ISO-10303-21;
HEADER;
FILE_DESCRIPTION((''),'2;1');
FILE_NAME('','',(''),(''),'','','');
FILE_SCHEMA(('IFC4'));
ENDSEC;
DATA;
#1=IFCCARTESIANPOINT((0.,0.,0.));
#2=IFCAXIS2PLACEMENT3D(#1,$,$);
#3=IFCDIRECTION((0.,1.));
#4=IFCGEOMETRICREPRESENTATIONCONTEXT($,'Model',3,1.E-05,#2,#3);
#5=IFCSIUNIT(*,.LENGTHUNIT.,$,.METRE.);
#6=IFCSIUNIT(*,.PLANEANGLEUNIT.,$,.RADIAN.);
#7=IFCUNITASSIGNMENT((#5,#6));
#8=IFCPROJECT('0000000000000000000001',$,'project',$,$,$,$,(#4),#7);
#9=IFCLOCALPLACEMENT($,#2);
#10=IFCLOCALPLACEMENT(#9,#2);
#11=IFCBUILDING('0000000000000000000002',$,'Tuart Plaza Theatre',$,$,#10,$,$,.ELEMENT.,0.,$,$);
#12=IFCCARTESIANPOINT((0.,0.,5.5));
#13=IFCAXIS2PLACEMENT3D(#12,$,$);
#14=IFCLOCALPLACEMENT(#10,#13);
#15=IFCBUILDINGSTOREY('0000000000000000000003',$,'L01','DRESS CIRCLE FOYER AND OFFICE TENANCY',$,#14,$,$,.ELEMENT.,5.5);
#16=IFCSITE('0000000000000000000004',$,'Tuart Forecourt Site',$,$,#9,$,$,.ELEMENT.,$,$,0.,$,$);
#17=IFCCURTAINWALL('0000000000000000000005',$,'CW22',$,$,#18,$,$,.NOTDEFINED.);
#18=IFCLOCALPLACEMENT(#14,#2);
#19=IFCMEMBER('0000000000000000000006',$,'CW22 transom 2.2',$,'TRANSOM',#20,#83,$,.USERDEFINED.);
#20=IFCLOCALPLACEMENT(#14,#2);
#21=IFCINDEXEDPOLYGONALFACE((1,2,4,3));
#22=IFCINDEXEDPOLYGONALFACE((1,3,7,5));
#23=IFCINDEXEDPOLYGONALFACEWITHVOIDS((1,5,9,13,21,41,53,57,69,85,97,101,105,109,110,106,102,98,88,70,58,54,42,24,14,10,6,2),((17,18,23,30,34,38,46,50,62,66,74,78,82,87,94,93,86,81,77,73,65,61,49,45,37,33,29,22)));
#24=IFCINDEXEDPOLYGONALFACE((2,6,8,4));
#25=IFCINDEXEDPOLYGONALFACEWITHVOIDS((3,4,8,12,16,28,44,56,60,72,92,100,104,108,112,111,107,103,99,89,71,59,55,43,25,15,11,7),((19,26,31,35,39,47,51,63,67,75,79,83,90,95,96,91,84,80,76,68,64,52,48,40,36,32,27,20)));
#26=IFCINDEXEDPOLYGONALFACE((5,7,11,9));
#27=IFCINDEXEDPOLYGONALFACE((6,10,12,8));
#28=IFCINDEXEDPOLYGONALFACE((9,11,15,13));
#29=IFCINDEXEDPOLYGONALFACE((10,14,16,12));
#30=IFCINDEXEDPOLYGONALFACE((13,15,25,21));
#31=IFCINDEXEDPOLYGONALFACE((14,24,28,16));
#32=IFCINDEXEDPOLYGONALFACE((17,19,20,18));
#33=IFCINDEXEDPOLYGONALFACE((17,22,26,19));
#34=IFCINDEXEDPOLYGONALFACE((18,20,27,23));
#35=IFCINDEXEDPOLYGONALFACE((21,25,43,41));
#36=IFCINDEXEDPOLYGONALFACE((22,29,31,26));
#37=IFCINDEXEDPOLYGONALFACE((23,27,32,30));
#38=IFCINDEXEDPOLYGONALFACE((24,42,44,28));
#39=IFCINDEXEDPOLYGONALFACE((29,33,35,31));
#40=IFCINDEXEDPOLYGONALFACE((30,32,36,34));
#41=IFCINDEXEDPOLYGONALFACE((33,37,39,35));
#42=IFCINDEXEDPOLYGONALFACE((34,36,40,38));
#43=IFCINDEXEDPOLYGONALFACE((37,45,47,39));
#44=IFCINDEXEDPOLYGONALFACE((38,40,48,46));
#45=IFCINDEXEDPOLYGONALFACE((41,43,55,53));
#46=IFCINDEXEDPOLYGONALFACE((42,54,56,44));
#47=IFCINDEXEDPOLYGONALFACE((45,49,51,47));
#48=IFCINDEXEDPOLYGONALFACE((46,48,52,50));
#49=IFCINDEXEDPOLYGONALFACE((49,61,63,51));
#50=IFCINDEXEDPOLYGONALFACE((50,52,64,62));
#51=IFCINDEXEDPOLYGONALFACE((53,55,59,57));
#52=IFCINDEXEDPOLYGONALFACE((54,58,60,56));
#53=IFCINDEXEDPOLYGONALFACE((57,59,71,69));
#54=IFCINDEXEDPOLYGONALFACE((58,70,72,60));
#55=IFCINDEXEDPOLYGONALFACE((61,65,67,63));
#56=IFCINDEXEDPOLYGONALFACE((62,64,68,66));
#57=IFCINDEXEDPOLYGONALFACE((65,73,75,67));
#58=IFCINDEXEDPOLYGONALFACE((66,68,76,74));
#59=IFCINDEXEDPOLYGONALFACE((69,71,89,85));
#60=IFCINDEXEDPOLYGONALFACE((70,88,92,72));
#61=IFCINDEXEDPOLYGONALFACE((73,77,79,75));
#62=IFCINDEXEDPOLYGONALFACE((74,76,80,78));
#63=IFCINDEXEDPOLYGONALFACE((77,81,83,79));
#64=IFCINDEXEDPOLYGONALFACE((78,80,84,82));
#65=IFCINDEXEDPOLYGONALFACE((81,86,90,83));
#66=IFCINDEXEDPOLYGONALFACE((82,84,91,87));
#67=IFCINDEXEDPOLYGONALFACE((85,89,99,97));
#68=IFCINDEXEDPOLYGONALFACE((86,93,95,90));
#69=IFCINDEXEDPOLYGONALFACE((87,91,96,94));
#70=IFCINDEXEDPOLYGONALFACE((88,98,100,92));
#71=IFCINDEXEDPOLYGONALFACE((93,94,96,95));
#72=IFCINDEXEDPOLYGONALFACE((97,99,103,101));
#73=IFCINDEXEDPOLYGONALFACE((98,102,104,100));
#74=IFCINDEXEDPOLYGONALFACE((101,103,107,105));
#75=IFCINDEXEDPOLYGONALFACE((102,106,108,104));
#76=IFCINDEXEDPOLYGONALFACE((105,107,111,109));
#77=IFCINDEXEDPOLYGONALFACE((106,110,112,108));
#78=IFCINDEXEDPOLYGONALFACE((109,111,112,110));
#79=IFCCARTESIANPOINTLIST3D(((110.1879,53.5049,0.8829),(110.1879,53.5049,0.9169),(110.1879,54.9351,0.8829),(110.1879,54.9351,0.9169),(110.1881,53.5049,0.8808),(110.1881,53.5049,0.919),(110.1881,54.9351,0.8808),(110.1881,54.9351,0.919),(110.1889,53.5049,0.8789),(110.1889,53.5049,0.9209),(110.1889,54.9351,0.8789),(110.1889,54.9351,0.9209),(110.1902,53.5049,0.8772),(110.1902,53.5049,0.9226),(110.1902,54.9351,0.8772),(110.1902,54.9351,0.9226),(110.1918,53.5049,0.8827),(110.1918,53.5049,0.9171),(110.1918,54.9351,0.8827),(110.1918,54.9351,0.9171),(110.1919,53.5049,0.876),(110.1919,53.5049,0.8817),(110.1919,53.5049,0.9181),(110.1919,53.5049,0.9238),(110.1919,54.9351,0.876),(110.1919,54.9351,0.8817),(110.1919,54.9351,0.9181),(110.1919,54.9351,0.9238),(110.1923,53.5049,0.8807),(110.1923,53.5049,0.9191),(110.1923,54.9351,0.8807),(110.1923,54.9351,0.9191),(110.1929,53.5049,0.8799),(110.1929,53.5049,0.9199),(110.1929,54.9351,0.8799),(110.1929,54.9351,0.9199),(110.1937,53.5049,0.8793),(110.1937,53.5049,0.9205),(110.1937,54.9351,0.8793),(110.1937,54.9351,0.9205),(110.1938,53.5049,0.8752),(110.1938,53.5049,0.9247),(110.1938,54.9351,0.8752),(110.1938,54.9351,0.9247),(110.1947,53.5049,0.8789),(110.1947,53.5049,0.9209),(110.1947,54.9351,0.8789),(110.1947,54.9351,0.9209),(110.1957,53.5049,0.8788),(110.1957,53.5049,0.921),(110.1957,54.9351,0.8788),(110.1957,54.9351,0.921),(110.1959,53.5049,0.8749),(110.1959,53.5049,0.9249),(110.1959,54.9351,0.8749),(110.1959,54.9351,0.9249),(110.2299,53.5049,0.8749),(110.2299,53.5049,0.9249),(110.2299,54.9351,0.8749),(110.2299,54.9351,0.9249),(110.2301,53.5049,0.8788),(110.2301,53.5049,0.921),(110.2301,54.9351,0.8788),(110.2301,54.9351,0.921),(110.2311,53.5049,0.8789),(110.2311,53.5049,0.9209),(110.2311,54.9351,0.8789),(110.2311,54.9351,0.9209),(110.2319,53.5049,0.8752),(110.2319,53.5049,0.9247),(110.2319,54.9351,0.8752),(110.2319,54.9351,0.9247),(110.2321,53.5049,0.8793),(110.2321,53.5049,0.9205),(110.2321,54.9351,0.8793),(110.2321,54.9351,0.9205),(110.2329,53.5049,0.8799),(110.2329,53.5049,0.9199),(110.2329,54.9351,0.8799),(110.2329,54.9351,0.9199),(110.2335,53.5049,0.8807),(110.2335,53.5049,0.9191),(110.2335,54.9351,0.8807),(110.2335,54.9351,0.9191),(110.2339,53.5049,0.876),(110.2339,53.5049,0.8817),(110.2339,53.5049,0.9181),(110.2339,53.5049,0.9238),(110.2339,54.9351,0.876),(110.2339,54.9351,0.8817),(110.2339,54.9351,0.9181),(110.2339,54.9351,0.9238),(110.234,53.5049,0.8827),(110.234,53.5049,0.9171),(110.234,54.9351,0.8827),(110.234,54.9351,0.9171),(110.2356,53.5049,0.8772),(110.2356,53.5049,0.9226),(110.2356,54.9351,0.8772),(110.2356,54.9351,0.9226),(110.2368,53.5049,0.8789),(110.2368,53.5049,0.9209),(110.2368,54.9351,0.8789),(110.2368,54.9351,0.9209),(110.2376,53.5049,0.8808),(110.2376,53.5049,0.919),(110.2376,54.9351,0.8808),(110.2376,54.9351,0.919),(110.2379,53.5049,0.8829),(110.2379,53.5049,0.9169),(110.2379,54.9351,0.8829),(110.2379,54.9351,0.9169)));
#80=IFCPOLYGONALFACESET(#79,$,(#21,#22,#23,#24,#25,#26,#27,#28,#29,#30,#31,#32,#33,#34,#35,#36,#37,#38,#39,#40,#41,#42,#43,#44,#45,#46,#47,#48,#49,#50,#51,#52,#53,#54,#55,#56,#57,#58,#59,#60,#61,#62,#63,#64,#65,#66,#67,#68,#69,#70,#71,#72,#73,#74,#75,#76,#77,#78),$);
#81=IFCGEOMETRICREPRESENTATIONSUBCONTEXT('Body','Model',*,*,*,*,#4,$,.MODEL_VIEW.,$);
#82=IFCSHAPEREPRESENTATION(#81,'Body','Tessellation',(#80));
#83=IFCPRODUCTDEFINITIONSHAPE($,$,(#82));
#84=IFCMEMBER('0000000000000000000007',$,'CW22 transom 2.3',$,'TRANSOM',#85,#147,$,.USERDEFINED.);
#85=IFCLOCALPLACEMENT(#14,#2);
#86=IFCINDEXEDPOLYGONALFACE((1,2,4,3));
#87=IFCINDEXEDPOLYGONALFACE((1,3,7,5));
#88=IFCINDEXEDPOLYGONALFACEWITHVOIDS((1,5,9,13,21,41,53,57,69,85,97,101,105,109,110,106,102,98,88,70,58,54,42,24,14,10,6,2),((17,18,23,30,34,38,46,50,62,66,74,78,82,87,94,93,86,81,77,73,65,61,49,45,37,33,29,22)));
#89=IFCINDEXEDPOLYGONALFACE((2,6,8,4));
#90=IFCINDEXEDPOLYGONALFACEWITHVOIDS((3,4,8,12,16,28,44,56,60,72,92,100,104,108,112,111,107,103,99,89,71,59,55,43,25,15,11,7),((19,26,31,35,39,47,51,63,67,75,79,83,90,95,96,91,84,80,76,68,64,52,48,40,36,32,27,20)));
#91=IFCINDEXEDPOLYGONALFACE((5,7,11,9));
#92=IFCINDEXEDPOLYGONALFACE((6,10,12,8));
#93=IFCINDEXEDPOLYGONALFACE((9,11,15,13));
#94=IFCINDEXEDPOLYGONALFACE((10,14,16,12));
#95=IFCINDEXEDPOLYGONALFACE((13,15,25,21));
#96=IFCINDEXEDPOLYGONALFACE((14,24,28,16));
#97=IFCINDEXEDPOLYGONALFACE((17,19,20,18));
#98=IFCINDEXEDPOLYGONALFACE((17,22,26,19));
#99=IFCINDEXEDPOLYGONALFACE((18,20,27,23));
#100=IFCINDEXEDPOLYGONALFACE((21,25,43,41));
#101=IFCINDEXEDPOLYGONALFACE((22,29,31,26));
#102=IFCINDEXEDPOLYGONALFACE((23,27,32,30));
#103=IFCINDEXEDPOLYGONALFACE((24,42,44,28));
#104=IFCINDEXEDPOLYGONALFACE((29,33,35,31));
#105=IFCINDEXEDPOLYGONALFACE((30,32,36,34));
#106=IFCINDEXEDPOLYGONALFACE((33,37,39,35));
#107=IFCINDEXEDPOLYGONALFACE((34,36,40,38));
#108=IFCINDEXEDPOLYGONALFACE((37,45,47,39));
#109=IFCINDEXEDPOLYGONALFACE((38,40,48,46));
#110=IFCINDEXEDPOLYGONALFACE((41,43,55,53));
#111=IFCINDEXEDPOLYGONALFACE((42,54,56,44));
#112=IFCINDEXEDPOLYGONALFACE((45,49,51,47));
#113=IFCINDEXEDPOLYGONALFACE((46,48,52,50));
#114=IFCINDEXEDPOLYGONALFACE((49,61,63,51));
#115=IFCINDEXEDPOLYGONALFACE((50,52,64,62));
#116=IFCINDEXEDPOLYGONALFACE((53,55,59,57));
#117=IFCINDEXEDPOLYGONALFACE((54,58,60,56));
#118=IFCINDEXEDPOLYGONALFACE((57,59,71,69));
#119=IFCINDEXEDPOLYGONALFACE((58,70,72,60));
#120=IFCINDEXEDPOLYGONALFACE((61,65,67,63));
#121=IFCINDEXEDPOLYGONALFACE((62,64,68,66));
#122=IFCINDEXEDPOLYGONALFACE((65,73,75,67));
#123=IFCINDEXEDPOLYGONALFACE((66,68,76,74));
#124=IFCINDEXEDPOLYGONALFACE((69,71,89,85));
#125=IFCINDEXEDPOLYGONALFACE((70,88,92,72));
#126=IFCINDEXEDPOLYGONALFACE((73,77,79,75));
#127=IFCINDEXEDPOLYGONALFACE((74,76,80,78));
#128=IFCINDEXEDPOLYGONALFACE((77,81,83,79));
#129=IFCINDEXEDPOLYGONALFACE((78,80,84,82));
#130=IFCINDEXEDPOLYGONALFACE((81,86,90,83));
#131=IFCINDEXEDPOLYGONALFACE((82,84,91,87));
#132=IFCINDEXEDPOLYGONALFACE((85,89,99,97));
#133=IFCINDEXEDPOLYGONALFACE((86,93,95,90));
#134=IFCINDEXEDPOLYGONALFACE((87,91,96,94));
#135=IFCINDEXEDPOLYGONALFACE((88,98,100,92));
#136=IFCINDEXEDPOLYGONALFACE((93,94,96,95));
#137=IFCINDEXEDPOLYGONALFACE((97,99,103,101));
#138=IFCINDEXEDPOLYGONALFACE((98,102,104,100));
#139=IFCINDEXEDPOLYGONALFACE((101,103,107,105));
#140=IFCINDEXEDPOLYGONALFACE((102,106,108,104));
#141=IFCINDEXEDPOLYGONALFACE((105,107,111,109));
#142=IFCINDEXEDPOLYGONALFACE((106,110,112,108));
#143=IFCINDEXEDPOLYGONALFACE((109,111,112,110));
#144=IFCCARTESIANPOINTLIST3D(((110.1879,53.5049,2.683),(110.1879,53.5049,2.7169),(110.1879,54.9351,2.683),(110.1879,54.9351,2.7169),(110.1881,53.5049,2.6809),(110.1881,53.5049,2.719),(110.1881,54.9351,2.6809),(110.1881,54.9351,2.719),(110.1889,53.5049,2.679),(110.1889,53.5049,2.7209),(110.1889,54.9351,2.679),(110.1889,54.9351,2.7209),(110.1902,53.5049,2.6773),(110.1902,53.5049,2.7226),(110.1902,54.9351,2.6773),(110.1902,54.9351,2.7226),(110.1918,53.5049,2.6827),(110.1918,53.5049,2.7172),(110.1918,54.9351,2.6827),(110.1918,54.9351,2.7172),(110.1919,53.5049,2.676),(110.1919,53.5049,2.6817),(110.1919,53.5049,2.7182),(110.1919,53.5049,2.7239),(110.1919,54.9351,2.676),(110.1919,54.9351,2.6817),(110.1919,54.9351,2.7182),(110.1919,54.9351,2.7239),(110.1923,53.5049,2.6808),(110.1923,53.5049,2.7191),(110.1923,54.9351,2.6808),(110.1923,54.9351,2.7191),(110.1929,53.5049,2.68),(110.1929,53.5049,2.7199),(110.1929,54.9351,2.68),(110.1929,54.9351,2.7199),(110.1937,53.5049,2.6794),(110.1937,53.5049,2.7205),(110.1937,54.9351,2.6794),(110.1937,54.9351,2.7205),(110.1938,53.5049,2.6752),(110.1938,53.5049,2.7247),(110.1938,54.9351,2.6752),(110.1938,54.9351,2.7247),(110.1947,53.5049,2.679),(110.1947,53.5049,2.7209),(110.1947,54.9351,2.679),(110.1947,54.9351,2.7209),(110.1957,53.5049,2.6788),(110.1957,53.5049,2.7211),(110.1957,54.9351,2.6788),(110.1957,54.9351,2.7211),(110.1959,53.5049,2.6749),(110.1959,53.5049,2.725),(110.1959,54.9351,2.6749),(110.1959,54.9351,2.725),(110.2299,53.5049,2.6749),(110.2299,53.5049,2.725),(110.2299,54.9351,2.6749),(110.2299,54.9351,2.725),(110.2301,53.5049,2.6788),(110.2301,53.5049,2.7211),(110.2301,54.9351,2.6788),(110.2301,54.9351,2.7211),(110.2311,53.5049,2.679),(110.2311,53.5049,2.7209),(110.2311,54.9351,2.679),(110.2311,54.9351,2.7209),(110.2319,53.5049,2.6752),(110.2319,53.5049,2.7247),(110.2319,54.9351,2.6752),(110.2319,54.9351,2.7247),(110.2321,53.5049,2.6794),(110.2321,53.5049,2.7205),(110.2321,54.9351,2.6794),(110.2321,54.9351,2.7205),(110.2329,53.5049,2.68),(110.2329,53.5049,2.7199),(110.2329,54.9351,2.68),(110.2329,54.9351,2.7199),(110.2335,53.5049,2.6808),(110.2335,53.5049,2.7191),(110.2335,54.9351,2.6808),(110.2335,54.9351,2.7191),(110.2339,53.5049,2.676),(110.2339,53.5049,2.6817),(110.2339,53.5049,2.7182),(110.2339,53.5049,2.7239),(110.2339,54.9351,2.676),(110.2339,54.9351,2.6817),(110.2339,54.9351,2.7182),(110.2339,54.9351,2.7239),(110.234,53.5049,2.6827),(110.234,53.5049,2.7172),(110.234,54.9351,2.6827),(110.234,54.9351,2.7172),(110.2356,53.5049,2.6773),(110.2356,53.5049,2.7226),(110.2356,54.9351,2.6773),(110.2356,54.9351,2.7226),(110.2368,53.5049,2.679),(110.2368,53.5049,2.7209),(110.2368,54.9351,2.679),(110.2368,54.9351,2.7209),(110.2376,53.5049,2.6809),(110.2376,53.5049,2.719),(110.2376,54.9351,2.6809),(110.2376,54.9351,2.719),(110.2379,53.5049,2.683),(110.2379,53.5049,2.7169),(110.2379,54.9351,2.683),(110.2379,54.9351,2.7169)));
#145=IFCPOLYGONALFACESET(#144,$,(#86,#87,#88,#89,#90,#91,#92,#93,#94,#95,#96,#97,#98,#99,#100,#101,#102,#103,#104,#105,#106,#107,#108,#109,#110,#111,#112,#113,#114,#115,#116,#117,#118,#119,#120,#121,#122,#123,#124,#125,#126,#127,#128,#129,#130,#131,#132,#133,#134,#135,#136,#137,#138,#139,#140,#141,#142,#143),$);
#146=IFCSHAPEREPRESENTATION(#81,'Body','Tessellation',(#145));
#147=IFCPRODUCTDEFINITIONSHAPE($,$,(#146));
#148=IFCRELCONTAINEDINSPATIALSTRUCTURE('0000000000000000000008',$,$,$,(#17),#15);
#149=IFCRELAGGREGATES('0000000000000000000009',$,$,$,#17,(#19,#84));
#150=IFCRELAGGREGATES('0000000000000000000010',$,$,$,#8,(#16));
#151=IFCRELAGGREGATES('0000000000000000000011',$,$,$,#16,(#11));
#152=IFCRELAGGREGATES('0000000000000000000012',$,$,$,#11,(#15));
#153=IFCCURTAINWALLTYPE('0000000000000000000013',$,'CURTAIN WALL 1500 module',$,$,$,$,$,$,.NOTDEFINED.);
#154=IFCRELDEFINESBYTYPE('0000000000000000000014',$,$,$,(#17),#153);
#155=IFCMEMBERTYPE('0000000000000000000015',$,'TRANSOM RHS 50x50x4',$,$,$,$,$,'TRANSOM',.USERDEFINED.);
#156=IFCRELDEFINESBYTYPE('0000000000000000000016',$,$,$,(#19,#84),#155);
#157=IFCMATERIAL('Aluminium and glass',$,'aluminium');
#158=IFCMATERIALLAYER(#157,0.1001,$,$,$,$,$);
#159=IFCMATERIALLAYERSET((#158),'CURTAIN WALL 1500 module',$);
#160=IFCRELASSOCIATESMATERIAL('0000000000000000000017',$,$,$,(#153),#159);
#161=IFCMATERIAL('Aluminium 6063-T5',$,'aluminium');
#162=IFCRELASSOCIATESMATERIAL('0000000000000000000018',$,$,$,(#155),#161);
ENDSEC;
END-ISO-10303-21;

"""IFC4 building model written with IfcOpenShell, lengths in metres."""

from ifc_helpers import new_model, si_unit, direction, frame, origin, origin_2d, place, context, subcontext, project, spatial, hollow_rectangle, extrude, material, layer, layer_set, material_profile, profile_set, type_object, element, aggregate, save


model = new_model("IFC4")

# Units and contexts
model_context = context("Model", 3, precision=1e-05, world=origin(), true_north=direction((0.0, 1.0)))
body_context = subcontext(model_context, "Body", "Model", "MODEL_VIEW")
ifc_project = project(units=[si_unit("LENGTHUNIT", "METRE"), si_unit("PLANEANGLEUNIT", "RADIAN")], contexts=[model_context])

# Site, building, storey
site_placement = place(None, origin())
site = spatial("IfcSite", under=ifc_project, at=site_placement, Name="Tuart Forecourt Site", CompositionType="ELEMENT", RefElevation=0.0)
building_placement = place(site_placement, origin())
building = spatial("IfcBuilding", under=site, at=building_placement, Name="Tuart Plaza Theatre", CompositionType="ELEMENT", ElevationOfRefHeight=0.0)
storey_placement = place(building_placement, frame((0.0, 0.0, 5.5)))
storey = spatial("IfcBuildingStorey", under=building, at=storey_placement, Name="L01", Description="DRESS CIRCLE FOYER AND OFFICE TENANCY", CompositionType="ELEMENT", Elevation=5.5)

# Curtain wall, members
ifc_material_1 = material(Name="Aluminium and glass", Category="aluminium")
ifc_layer_1 = layer(ifc_material_1, 0.1001)
ifc_layer_set_1 = layer_set([ifc_layer_1], Name="CURTAIN WALL 1500 module")
curtain_wall_type = type_object("IfcCurtainWallType", Name="CURTAIN WALL 1500 module", PredefinedType="NOTDEFINED", material=ifc_layer_set_1)
curtain_wall_placement = place(storey_placement, origin())
curtain_wall = element("IfcCurtainWall", 1, at=curtain_wall_placement, inside=storey, type_object=curtain_wall_type, Name="CW22", PredefinedType="NOTDEFINED")
ifc_material_2 = material(Name="Aluminium 6063-T5", Category="aluminium")
ifc_material_profile_1 = material_profile(ifc_material_2, hollow_rectangle(XDim=0.05, YDim=0.05, WallThickness=0.0039, InnerFilletRadius=0.0039, OuterFilletRadius=0.0081, at=origin_2d()), Name="RHS 50x50x4")
ifc_profile_set_1 = profile_set([ifc_material_profile_1], Name="Aluminium 6063-T5")
member_type_1 = type_object("IfcMemberType", Name="TRANSOM RHS 50x50x4", ElementType="TRANSOM", PredefinedType="USERDEFINED", material=ifc_profile_set_1)
member_1_placement = place(storey_placement, frame((110.2129, 53.5049, 0.8999), z_axis=(0.0, 1.0, 0.0), x_axis=(-1.0, 0.0, 0.0)))
member_1 = element("IfcMember", 2, at=member_1_placement, type_object=member_type_1, Name="CW22 transom 2.2", ObjectType="TRANSOM", PredefinedType="USERDEFINED", context=body_context, shape_type="SweptSolid", body=[
    extrude(hollow_rectangle(XDim=0.05, YDim=0.05, WallThickness=0.0039, InnerFilletRadius=0.0039, OuterFilletRadius=0.0081, at=origin_2d()), origin(), (0.0, 0.0, 1.0), 1.4302),
])
member_2_placement = place(storey_placement, frame((110.2129, 53.5049, 2.7), z_axis=(0.0, 1.0, 0.0), x_axis=(-1.0, 0.0, 0.0)))
member_2 = element("IfcMember", 3, at=member_2_placement, type_object=member_type_1, Name="CW22 transom 2.3", ObjectType="TRANSOM", PredefinedType="USERDEFINED", context=body_context, shape_type="SweptSolid", body=[
    extrude(hollow_rectangle(XDim=0.05, YDim=0.05, WallThickness=0.0039, InnerFilletRadius=0.0039, OuterFilletRadius=0.0081, at=origin_2d()), origin(), (0.0, 0.0, 1.0), 1.4302),
])
aggregate(curtain_wall, [member_1, member_2])

save(model, "model.ifc")
